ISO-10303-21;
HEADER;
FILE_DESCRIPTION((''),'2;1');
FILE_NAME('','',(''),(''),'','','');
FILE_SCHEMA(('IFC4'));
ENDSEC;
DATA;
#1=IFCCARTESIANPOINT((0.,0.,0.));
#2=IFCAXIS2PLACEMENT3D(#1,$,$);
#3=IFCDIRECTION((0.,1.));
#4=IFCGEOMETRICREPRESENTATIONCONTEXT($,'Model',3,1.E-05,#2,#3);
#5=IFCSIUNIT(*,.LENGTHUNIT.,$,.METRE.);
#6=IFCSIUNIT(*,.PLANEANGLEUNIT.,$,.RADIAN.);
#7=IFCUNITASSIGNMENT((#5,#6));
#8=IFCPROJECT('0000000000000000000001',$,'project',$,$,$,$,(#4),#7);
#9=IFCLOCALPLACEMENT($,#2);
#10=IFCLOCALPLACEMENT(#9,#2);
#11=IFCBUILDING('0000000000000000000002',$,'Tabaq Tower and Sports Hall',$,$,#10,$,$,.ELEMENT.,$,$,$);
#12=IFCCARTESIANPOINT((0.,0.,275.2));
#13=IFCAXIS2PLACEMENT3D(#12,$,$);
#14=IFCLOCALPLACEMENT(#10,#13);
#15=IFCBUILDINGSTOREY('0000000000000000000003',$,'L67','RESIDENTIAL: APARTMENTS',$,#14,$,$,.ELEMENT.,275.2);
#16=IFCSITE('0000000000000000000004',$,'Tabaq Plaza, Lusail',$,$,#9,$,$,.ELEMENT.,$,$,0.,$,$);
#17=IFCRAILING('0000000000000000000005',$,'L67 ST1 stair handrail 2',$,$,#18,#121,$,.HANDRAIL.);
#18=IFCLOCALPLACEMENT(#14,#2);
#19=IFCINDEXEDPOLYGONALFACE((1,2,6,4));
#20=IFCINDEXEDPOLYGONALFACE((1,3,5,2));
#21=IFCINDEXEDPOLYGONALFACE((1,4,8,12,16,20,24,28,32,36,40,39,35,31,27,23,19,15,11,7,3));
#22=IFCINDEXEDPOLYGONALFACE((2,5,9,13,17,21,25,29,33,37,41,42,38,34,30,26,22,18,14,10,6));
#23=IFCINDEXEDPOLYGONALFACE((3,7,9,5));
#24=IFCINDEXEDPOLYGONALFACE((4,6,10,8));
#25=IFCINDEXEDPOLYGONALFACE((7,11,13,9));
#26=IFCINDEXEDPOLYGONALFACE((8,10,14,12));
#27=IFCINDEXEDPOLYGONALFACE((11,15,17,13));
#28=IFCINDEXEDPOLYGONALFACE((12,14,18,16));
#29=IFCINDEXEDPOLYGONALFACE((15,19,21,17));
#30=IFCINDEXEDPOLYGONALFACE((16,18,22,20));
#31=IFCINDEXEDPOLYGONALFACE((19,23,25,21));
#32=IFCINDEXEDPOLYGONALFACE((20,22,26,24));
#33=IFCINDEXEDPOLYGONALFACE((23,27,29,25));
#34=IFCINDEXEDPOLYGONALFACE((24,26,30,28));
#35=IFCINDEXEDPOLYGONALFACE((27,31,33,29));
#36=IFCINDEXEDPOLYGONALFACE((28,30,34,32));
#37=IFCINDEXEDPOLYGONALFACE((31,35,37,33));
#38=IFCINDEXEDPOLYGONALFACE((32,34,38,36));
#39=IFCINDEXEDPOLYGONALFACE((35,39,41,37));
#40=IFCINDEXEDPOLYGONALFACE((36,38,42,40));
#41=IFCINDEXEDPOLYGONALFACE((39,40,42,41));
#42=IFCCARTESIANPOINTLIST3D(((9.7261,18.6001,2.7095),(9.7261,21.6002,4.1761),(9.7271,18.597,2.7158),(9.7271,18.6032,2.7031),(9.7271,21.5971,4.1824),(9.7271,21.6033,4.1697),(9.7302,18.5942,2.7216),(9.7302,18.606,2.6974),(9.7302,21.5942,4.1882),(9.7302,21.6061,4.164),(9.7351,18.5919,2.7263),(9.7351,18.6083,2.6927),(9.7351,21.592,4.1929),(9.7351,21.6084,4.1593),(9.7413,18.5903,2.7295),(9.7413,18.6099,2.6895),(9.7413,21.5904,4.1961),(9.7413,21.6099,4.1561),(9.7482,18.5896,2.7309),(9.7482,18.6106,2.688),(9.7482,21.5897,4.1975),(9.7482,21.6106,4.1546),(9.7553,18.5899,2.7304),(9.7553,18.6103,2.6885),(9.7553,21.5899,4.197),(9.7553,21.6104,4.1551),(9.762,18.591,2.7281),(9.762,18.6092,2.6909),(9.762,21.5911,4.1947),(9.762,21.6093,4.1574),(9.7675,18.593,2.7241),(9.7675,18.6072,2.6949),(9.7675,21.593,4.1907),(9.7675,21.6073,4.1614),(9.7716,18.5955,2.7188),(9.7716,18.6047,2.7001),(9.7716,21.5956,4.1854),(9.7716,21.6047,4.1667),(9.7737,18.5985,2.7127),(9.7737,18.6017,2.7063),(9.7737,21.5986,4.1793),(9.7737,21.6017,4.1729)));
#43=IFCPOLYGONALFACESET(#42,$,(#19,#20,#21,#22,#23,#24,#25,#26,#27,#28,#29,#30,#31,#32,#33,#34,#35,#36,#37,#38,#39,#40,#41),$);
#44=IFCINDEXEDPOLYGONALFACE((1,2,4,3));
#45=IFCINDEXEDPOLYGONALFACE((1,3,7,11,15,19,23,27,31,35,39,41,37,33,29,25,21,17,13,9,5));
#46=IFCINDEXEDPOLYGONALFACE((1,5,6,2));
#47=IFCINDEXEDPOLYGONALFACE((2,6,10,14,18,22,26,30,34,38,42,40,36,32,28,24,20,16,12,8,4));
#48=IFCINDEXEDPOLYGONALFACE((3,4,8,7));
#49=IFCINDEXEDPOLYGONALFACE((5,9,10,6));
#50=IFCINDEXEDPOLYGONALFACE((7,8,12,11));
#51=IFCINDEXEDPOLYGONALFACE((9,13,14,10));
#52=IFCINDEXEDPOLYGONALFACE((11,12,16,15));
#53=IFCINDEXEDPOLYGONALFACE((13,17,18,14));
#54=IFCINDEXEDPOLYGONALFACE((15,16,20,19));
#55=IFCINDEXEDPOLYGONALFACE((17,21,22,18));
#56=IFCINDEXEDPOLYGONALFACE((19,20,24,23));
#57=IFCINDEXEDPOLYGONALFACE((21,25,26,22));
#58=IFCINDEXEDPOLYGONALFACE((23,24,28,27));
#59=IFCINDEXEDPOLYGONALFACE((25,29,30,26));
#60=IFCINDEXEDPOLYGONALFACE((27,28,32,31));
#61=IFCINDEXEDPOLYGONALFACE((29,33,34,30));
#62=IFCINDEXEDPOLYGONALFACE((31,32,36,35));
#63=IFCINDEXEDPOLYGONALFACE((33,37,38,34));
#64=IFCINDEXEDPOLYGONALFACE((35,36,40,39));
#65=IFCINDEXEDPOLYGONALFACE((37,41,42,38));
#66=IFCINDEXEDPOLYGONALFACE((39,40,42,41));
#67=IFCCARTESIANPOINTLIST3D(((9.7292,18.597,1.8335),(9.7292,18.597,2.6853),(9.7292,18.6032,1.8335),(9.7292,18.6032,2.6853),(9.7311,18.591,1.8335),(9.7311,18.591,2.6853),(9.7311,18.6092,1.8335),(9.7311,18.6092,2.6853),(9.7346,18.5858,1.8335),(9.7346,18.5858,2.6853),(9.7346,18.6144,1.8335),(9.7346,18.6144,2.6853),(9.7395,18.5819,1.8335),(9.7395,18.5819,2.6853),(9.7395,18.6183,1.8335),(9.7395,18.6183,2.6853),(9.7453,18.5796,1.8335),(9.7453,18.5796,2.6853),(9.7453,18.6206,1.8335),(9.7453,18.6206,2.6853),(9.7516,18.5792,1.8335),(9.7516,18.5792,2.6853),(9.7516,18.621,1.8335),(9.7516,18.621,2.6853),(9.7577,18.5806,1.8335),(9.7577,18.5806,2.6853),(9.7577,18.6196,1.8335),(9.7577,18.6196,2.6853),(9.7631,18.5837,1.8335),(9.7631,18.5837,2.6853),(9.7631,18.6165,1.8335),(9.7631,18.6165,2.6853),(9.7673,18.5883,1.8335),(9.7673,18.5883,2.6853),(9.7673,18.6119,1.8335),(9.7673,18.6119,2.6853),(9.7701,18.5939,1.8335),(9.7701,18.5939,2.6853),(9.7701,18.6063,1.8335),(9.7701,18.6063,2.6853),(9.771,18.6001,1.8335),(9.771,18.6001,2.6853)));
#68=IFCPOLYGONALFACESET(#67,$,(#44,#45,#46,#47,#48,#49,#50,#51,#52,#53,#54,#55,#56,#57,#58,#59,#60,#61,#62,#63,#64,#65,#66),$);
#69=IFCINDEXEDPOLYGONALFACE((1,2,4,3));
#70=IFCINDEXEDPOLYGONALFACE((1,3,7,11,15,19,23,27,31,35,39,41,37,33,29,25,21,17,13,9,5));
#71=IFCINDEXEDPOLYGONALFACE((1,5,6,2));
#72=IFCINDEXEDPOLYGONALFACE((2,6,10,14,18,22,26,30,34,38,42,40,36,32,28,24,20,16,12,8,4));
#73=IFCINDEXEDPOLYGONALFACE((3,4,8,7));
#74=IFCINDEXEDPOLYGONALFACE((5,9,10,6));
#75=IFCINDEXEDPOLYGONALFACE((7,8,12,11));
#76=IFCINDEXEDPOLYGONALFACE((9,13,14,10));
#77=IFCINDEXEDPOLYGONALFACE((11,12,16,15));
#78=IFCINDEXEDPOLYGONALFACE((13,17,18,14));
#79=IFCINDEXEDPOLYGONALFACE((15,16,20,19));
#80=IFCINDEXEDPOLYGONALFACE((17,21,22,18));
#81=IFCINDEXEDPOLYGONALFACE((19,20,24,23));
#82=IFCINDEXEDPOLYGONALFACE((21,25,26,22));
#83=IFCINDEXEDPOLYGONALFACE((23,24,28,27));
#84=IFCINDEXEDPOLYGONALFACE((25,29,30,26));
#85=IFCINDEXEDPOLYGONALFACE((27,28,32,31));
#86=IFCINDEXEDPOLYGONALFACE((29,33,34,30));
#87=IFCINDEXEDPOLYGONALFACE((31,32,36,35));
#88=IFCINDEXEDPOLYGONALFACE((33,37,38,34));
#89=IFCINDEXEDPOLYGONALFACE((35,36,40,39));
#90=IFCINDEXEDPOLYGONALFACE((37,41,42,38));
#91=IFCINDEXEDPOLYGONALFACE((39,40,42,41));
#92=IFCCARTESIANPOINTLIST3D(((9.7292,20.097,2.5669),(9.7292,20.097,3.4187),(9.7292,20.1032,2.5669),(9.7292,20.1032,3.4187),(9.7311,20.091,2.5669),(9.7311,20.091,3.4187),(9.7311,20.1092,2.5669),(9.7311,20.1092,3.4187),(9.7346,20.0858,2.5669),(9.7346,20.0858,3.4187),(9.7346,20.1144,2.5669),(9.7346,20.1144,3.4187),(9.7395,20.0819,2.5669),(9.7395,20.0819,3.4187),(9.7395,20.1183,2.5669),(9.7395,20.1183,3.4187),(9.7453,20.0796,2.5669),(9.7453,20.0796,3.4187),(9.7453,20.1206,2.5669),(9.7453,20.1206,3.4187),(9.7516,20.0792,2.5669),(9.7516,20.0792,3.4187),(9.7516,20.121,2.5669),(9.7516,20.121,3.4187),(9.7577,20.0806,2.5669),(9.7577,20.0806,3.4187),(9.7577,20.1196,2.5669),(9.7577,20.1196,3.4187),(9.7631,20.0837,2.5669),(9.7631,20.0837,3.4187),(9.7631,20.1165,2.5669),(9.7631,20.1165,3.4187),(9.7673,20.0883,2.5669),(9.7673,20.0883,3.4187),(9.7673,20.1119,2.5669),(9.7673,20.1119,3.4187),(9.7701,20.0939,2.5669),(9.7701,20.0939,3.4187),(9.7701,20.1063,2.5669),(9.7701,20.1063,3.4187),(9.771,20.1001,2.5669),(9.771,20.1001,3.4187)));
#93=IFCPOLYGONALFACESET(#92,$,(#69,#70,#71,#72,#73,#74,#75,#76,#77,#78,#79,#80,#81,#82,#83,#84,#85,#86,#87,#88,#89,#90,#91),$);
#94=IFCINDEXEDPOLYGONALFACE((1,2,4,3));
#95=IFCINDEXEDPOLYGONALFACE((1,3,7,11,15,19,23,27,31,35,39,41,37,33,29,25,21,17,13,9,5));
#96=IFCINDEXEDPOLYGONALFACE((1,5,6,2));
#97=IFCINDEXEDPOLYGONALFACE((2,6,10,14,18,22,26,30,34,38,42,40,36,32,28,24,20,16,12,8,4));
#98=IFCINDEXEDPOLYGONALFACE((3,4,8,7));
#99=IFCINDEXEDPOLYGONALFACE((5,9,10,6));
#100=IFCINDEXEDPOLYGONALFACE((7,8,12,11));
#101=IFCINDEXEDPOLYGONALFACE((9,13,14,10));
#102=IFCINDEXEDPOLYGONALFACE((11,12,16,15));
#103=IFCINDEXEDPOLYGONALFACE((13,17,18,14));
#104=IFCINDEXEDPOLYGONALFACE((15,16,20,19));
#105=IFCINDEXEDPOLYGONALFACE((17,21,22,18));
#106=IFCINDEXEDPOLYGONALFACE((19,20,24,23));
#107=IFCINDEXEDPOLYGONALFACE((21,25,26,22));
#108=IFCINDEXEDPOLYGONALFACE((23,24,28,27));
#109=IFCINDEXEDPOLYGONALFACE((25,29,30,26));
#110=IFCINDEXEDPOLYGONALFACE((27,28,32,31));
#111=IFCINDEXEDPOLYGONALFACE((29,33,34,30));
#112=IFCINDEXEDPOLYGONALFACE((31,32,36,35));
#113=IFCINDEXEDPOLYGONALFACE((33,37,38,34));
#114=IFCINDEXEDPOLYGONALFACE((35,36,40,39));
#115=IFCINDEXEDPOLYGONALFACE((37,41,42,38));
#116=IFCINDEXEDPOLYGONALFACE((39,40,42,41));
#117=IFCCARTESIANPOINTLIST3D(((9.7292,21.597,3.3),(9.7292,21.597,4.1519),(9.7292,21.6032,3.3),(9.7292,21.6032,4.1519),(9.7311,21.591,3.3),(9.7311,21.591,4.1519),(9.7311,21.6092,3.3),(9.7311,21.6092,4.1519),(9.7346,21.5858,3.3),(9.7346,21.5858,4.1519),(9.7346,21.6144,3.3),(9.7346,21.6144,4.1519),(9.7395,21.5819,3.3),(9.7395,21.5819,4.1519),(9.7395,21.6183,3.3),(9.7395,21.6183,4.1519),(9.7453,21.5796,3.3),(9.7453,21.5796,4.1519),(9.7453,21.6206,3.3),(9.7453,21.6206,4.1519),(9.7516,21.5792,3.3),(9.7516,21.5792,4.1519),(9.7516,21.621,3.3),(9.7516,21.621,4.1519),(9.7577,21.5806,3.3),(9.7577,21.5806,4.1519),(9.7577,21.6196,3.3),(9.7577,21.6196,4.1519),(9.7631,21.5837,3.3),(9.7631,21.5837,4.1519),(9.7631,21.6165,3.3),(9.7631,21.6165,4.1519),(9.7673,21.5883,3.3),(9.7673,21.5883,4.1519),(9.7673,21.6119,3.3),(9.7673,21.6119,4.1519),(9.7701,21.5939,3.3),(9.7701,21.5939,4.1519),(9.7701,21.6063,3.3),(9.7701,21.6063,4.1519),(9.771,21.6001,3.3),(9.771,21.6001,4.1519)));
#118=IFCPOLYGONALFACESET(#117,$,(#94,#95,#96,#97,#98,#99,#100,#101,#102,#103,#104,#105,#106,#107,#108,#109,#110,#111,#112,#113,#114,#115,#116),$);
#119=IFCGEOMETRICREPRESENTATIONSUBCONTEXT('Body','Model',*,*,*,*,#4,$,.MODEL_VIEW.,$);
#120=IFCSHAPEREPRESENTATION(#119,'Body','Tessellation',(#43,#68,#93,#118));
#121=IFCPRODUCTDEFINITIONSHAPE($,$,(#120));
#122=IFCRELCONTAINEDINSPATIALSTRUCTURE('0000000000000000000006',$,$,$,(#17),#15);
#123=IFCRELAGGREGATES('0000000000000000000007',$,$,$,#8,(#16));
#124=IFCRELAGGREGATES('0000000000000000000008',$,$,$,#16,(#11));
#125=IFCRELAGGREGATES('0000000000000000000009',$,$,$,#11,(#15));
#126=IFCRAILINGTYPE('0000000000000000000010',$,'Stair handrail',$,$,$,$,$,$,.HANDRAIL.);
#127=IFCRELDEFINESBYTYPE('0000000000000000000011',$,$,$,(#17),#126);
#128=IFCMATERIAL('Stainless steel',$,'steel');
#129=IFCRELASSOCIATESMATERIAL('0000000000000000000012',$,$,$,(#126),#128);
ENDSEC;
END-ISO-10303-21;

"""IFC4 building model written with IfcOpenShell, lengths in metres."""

from ifc_helpers import new_model, si_unit, direction, frame, origin, origin_2d, place, context, subcontext, project, spatial, circle, extrude, material, type_object, element, save


model = new_model("IFC4")

# Units and contexts
model_context = context("Model", 3, precision=1e-05, world=origin(), true_north=direction((0.0, 1.0)))
body_context = subcontext(model_context, "Body", "Model", "MODEL_VIEW")
ifc_project = project(units=[si_unit("LENGTHUNIT", "METRE"), si_unit("PLANEANGLEUNIT", "RADIAN")], contexts=[model_context])

# Site, building, storey
site_placement = place(None, origin())
site = spatial("IfcSite", under=ifc_project, at=site_placement, Name="Tabaq Plaza, Lusail", CompositionType="ELEMENT", RefElevation=0.0)
building_placement = place(site_placement, origin())
building = spatial("IfcBuilding", under=site, at=building_placement, Name="Tabaq Tower and Sports Hall", CompositionType="ELEMENT")
storey_placement = place(building_placement, frame((0.0, 0.0, 275.2)))
storey = spatial("IfcBuildingStorey", under=building, at=storey_placement, Name="L67", Description="RESIDENTIAL: APARTMENTS", CompositionType="ELEMENT", Elevation=275.2)

# Railing
ifc_material_1 = material(Name="Stainless steel", Category="steel")
railing_type = type_object("IfcRailingType", Name="Stair handrail", PredefinedType="HANDRAIL", material=ifc_material_1)
railing_1_placement = place(storey_placement, frame((9.75, 18.6001, 1.8335)))
element("IfcRailing", 1, at=railing_1_placement, inside=storey, type_object=railing_type, Name="L67 ST1 stair handrail 2", PredefinedType="HANDRAIL", context=body_context, shape_type="SweptSolid", body=[
    extrude(circle(Radius=0.0239, at=origin_2d()), frame((0.0, 0.0, 0.876), z_axis=(0.0, 0.898398, 0.439183), x_axis=(-1.0, 0.0, 0.0)), (0.0, 0.0, 1.0), 3.3394),
    extrude(circle(Radius=0.021, at=origin_2d()), origin(), (0.0, 0.0, 1.0), 0.8518),
    extrude(circle(Radius=0.021, at=origin_2d()), frame((0.0, 1.5, 0.7334)), (0.0, 0.0, 1.0), 0.8518),
    extrude(circle(Radius=0.021, at=origin_2d()), frame((0.0, 3.0, 1.4666)), (0.0, 0.0, 1.0), 0.8518),
])

save(model, "model.ifc")
